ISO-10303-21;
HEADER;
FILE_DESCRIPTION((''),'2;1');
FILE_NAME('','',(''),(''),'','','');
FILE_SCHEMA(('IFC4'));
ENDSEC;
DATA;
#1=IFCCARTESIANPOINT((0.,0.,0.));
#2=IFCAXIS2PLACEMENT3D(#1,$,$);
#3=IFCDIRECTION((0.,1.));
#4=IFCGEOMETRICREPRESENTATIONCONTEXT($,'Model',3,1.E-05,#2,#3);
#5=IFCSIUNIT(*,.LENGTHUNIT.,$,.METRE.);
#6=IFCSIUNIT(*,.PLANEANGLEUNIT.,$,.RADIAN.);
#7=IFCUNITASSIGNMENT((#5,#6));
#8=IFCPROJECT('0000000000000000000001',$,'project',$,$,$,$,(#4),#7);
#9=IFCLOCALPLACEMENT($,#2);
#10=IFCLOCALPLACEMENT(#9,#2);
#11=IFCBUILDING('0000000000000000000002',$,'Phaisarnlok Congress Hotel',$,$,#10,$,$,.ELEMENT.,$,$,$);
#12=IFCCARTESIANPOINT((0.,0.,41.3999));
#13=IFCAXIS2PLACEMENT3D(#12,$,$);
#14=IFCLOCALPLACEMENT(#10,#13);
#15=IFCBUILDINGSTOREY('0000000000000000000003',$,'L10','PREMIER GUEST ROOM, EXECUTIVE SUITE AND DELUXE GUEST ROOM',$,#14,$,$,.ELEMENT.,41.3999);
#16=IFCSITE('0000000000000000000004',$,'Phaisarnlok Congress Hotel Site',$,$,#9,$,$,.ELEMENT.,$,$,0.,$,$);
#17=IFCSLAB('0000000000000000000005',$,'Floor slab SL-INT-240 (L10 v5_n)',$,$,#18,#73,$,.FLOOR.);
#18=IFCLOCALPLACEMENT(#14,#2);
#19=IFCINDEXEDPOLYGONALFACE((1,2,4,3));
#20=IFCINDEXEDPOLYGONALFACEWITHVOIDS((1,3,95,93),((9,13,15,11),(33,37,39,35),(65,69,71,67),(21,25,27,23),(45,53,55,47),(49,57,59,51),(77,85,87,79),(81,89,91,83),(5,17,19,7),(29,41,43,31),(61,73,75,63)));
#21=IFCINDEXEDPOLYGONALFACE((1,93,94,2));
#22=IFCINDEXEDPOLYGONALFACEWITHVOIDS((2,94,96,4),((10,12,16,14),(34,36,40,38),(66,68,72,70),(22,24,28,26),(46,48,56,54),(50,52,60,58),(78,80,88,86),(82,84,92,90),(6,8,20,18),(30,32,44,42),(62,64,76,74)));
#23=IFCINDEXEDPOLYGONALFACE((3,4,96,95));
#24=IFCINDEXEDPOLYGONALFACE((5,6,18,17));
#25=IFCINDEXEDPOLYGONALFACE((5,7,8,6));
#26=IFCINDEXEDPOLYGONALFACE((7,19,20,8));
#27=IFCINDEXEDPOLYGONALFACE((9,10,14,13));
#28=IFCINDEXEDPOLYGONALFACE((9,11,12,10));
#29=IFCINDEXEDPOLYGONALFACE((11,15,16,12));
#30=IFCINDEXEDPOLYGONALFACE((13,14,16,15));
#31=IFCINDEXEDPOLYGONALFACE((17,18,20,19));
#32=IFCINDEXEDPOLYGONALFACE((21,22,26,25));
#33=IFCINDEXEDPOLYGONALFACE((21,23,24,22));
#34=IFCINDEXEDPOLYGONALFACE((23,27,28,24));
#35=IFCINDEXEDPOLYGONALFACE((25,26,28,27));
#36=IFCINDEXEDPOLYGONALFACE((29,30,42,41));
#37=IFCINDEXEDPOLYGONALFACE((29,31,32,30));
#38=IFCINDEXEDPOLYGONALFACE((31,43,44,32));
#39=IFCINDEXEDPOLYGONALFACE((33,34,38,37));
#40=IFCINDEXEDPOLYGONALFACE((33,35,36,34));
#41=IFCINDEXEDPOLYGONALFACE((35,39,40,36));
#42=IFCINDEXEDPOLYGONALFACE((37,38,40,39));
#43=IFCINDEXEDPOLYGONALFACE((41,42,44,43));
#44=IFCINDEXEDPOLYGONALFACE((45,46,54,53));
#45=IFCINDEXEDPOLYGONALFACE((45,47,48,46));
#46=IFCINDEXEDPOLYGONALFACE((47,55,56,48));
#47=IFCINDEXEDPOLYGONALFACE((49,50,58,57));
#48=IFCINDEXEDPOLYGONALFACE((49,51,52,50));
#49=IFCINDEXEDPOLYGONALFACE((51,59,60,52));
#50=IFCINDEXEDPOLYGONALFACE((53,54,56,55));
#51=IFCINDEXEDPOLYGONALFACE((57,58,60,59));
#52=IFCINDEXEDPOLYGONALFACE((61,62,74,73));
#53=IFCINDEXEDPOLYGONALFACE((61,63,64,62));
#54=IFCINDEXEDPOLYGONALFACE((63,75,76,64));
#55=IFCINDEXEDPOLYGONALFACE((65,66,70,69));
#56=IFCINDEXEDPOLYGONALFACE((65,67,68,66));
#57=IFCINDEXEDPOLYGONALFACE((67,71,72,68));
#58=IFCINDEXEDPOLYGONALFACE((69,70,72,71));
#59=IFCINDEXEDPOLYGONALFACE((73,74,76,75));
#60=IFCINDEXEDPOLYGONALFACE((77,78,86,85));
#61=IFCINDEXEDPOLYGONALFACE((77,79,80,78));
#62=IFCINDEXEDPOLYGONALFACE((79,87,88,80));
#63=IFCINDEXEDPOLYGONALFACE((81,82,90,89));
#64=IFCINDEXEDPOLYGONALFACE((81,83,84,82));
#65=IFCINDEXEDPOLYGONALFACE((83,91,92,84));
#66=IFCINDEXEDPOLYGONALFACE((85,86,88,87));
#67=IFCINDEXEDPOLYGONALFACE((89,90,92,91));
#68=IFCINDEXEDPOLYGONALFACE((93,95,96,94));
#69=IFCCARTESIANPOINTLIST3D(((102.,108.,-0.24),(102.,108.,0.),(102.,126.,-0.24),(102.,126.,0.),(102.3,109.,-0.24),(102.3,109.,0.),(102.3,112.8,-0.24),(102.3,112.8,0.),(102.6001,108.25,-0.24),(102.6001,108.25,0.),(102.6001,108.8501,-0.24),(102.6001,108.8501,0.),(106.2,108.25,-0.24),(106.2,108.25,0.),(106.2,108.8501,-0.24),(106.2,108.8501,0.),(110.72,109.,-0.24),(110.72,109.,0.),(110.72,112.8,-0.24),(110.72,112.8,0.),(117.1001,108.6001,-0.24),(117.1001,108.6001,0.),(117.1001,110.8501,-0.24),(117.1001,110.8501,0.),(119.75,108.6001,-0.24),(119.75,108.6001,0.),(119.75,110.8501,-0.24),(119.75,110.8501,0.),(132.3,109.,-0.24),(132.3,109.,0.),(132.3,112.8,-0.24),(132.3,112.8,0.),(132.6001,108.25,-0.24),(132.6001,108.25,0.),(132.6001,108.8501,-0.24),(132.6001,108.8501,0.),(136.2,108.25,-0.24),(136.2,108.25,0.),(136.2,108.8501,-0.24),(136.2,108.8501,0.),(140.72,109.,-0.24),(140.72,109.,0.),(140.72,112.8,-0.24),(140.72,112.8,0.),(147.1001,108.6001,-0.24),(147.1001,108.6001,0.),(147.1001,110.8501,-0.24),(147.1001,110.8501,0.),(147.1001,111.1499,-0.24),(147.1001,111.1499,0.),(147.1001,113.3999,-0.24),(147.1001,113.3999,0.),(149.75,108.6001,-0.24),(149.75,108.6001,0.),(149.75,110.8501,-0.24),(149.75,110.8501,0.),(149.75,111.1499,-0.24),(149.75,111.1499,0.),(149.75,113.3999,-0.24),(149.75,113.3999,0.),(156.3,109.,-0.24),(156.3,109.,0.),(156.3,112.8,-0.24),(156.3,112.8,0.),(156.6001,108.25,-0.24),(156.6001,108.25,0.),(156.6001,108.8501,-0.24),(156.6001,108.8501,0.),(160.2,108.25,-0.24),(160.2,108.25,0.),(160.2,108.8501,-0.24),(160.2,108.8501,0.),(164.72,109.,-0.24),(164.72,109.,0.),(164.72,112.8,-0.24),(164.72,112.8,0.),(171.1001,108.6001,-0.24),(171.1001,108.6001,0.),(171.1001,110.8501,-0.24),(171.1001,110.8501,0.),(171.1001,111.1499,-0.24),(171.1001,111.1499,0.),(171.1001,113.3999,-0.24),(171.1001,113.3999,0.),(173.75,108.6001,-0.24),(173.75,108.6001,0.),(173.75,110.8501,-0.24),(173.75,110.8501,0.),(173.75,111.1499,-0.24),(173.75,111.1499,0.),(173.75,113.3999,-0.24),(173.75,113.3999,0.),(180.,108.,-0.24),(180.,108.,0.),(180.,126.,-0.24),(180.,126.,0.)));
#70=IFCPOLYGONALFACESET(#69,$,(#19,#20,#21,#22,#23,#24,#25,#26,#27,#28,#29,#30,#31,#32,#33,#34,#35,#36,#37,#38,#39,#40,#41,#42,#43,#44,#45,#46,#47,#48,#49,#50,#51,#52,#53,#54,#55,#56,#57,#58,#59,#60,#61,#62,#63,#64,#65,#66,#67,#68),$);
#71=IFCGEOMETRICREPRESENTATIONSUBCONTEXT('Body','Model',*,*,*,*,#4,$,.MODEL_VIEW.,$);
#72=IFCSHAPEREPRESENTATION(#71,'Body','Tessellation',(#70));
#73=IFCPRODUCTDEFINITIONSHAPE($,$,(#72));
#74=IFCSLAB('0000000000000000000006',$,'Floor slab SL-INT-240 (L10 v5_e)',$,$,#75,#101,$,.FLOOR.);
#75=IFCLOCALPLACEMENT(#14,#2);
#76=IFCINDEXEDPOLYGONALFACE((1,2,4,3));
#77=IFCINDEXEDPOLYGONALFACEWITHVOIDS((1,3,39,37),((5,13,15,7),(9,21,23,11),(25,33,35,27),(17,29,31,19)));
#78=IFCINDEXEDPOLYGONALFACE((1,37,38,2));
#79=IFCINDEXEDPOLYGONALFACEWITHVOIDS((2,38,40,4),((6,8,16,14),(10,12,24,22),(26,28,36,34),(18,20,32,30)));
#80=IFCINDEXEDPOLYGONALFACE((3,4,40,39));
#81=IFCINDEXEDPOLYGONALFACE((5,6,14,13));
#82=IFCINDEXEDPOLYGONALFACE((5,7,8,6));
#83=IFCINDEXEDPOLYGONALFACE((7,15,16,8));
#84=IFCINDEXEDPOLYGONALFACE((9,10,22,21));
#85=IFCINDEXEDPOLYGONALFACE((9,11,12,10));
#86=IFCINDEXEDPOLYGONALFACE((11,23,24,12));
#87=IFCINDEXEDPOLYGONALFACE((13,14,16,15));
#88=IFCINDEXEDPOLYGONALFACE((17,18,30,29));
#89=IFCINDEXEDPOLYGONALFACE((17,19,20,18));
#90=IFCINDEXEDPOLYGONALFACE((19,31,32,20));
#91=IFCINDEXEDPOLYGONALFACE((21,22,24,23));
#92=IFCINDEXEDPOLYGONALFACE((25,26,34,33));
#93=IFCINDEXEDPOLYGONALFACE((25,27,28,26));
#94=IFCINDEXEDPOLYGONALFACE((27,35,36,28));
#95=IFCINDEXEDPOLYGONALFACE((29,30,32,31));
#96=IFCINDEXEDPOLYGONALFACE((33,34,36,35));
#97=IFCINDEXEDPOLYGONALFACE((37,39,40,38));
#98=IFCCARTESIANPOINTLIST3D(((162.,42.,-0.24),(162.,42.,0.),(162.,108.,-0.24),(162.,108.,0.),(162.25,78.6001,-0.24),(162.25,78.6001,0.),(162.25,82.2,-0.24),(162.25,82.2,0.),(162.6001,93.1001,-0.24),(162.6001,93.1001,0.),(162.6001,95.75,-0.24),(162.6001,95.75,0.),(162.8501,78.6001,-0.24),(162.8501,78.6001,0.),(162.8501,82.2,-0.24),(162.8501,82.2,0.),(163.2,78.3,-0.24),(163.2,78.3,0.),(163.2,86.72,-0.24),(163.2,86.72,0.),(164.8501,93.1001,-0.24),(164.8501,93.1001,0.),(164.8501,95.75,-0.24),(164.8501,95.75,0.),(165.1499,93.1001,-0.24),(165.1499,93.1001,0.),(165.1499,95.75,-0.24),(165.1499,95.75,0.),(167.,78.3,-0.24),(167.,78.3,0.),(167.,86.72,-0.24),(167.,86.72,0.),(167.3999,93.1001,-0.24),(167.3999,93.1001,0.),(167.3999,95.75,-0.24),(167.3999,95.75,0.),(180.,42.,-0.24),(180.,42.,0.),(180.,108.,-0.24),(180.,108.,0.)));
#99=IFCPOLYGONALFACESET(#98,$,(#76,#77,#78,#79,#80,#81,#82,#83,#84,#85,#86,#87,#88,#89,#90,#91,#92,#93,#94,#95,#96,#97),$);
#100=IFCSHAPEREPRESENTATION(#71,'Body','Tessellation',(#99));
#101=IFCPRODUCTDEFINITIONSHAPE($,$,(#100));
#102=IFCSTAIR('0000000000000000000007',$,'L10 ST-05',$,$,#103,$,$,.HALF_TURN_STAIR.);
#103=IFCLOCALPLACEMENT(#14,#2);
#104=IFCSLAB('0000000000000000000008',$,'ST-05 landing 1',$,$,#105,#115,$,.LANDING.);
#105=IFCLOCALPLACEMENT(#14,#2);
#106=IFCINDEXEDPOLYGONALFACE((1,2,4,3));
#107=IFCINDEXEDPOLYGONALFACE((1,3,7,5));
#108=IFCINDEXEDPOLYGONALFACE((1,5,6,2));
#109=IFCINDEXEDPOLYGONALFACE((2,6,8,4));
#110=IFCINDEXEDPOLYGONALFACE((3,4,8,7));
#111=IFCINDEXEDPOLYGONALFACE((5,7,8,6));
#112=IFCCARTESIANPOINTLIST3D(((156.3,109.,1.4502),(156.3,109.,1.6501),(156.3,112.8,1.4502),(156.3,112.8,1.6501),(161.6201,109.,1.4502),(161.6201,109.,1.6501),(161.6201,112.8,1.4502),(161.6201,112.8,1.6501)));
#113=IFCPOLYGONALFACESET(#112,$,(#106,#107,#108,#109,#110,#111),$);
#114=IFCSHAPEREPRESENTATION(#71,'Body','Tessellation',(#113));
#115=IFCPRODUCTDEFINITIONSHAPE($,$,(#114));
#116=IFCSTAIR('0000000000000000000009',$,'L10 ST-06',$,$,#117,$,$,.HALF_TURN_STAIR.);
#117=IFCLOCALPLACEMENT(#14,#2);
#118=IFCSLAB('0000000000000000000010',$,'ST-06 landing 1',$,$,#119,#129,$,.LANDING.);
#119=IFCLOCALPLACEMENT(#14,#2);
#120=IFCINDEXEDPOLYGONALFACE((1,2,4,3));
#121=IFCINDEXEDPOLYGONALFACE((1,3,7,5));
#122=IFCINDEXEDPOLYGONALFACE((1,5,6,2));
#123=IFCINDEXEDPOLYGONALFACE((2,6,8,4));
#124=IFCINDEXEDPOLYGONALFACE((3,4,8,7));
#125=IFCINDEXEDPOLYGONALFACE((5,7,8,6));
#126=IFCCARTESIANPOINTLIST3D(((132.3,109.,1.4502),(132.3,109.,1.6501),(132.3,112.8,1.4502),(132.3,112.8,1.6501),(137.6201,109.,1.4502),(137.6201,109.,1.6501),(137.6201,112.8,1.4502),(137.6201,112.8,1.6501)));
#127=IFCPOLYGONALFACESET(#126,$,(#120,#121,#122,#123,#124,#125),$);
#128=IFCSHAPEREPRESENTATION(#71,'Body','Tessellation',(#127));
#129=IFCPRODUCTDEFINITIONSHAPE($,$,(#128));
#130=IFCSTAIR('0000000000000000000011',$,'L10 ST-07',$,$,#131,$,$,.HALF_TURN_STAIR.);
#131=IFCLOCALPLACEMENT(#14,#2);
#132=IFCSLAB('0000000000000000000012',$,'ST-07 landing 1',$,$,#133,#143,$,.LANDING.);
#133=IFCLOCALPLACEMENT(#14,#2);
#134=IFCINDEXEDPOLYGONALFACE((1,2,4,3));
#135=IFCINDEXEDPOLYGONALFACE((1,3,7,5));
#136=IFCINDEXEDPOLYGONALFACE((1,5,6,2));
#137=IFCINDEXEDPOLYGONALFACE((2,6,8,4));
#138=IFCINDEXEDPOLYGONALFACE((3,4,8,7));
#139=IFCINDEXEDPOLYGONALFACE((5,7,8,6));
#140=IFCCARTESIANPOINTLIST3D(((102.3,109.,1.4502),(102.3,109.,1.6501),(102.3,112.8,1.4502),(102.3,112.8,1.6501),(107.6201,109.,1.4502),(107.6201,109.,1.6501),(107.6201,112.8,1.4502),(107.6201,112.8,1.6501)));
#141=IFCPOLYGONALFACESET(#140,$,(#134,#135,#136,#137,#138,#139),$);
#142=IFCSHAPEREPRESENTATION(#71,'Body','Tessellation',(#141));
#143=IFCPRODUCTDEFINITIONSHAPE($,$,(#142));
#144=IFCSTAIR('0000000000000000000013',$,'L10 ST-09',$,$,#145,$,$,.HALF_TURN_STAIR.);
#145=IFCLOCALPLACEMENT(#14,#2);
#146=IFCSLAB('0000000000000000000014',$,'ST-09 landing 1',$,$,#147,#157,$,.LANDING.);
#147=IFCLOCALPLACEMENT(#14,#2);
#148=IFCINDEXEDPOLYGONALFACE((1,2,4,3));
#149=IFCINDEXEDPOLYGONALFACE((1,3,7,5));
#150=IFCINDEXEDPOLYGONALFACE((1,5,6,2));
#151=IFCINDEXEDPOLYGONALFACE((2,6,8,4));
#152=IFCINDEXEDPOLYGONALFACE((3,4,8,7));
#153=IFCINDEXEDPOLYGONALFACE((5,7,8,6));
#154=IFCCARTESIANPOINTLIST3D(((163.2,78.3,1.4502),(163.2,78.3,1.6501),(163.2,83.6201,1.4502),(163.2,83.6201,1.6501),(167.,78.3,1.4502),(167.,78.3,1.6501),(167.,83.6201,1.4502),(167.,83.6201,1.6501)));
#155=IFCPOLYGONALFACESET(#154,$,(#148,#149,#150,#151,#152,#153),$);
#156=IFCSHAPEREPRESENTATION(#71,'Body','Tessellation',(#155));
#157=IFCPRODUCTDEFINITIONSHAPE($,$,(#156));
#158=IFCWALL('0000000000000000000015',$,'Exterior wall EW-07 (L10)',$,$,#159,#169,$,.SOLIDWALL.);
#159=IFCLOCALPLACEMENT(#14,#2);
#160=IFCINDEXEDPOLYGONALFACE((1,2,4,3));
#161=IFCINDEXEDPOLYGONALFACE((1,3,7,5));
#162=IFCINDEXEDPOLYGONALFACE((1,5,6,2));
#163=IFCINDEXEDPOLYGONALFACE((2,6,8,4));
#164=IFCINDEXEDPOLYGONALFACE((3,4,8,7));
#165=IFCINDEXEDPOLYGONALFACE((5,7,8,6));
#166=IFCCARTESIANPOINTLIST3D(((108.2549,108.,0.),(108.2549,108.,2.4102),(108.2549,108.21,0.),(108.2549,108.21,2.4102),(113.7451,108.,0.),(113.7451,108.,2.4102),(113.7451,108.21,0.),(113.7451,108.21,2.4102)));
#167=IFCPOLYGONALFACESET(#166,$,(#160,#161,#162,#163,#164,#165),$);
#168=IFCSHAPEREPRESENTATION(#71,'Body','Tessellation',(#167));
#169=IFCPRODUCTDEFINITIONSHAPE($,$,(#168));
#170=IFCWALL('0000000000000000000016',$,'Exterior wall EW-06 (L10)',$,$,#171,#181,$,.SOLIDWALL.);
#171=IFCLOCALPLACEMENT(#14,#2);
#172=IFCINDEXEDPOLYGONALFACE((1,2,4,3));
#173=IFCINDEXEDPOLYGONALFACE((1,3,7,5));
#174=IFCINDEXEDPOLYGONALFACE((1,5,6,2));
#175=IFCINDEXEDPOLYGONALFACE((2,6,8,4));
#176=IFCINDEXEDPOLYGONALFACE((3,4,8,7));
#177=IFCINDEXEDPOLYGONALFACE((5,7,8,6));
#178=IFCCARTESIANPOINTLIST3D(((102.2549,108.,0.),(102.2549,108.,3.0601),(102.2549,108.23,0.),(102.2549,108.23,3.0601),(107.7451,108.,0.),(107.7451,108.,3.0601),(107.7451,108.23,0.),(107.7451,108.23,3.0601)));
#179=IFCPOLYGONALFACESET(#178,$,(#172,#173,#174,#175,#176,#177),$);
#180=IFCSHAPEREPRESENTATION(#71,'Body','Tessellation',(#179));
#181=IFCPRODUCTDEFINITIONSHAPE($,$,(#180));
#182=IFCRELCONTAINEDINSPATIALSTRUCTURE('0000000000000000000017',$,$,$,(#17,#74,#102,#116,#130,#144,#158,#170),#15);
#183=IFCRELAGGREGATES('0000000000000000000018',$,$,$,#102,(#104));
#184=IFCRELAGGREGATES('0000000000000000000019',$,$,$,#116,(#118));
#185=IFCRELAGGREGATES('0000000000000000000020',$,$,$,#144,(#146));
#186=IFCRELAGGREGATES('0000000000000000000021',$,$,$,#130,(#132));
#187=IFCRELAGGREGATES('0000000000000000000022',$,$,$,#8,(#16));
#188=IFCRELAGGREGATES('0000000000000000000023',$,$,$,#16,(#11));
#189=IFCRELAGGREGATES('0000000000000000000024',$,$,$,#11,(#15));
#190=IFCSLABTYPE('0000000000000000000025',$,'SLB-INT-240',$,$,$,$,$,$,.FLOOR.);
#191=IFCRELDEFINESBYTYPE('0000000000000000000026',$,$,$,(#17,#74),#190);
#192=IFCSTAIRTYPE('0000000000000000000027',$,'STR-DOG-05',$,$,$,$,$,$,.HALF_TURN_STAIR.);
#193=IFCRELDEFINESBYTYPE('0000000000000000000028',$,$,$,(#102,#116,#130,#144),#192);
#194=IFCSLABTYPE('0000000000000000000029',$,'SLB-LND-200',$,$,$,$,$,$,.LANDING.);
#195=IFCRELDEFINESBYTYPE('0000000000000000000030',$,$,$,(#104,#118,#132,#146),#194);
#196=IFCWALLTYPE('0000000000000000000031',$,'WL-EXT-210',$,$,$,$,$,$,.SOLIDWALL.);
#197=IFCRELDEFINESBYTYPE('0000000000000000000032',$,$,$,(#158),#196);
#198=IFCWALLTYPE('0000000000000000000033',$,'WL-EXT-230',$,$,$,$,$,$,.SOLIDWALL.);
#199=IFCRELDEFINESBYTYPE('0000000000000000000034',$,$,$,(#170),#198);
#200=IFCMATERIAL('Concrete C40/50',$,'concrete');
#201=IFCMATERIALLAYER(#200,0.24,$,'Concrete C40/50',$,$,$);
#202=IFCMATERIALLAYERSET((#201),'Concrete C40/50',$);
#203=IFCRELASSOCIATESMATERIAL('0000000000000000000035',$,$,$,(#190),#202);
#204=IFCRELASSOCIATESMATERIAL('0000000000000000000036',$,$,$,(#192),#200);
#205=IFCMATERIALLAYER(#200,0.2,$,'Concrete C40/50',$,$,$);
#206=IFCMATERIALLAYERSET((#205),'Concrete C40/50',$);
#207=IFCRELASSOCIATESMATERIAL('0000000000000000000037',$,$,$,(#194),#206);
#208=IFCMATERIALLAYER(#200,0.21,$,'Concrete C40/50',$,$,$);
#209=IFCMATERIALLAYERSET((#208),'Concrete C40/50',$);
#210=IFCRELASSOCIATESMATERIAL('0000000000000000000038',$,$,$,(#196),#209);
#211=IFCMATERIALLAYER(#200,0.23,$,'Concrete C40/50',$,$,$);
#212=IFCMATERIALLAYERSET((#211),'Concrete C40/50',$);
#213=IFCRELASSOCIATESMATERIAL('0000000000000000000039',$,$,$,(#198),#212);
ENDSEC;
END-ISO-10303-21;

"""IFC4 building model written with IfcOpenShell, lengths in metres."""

from ifc_helpers import new_model, si_unit, direction, frame, frame_2d, origin, place, context, subcontext, project, spatial, polyline, rectangle, outline, extrude, material, layer, layer_set, type_object, element, aggregate, save


model = new_model("IFC4")

# Units and contexts
model_context = context("Model", 3, precision=1e-05, world=origin(), true_north=direction((0.0, 1.0)))
body_context = subcontext(model_context, "Body", "Model", "MODEL_VIEW")
ifc_project = project(units=[si_unit("LENGTHUNIT", "METRE"), si_unit("PLANEANGLEUNIT", "RADIAN")], contexts=[model_context])

# Site, building, storey
site_placement = place(None, origin())
site = spatial("IfcSite", under=ifc_project, at=site_placement, Name="Phaisarnlok Congress Hotel Site", CompositionType="ELEMENT", RefElevation=0.0)
building_placement = place(site_placement, origin())
building = spatial("IfcBuilding", under=site, at=building_placement, Name="Phaisarnlok Congress Hotel", CompositionType="ELEMENT")
storey_placement = place(building_placement, frame((0.0, 0.0, 41.3999)))
storey = spatial("IfcBuildingStorey", under=building, at=storey_placement, Name="L10", Description="PREMIER GUEST ROOM, EXECUTIVE SUITE AND DELUXE GUEST ROOM", CompositionType="ELEMENT", Elevation=41.3999)

# Shared definitions
ifc_material_1 = material(Name="Concrete C40/50", Category="concrete")

# Slabs
ifc_layer_1 = layer(ifc_material_1, 0.24, Name="Concrete C40/50")
ifc_layer_set_1 = layer_set([ifc_layer_1], Name="Concrete C40/50")
slab_type_1 = type_object("IfcSlabType", Name="SLB-INT-240", PredefinedType="FLOOR", material=ifc_layer_set_1)
slab_1_placement = place(storey_placement, frame((0.0, 0.0, -0.24)))
element("IfcSlab", 1, at=slab_1_placement, inside=storey, type_object=slab_type_1, Name="Floor slab SL-INT-240 (L10 v5_n)", PredefinedType="FLOOR", context=body_context, shape_type="SweptSolid", body=[
    extrude(outline(polyline([(180.0, 108.0), (180.0, 126.0), (102.0, 126.0), (102.0, 108.0), (180.0, 108.0)]), holes=[polyline([(164.72, 112.8), (156.3, 112.8), (156.3, 109.0), (164.72, 109.0), (164.72, 112.8)]), polyline([(140.72, 112.8), (132.3, 112.8), (132.3, 109.0), (140.72, 109.0), (140.72, 112.8)]), polyline([(110.72, 112.8), (102.3, 112.8), (102.3, 109.0), (110.72, 109.0), (110.72, 112.8)]), polyline([(173.75, 108.6001), (173.75, 110.8501), (171.1001, 110.8501), (171.1001, 108.6001), (173.75, 108.6001)]), polyline([(173.75, 111.1499), (173.75, 113.3999), (171.1001, 113.3999), (171.1001, 111.1499), (173.75, 111.1499)]), polyline([(160.2, 108.25), (160.2, 108.8501), (156.6001, 108.8501), (156.6001, 108.25), (160.2, 108.25)]), polyline([(149.75, 108.6001), (149.75, 110.8501), (147.1001, 110.8501), (147.1001, 108.6001), (149.75, 108.6001)]), polyline([(149.75, 111.1499), (149.75, 113.3999), (147.1001, 113.3999), (147.1001, 111.1499), (149.75, 111.1499)]), polyline([(136.2, 108.25), (136.2, 108.8501), (132.6001, 108.8501), (132.6001, 108.25), (136.2, 108.25)]), polyline([(119.75, 108.6001), (119.75, 110.8501), (117.1001, 110.8501), (117.1001, 108.6001), (119.75, 108.6001)]), polyline([(106.2, 108.25), (106.2, 108.8501), (102.6001, 108.8501), (102.6001, 108.25), (106.2, 108.25)])]), origin(), (0.0, 0.0, 1.0), 0.24),
])
slab_2_placement = place(storey_placement, frame((0.0, 0.0, -0.24)))
element("IfcSlab", 2, at=slab_2_placement, inside=storey, type_object=slab_type_1, Name="Floor slab SL-INT-240 (L10 v5_e)", PredefinedType="FLOOR", context=body_context, shape_type="SweptSolid", body=[
    extrude(outline(polyline([(180.0, 42.0), (180.0, 108.0), (162.0, 108.0), (162.0, 42.0), (180.0, 42.0)]), holes=[polyline([(163.2, 86.72), (163.2, 78.3), (167.0, 78.3), (167.0, 86.72), (163.2, 86.72)]), polyline([(164.8501, 93.1001), (164.8501, 95.75), (162.6001, 95.75), (162.6001, 93.1001), (164.8501, 93.1001)]), polyline([(167.3999, 93.1001), (167.3999, 95.75), (165.1499, 95.75), (165.1499, 93.1001), (167.3999, 93.1001)]), polyline([(162.8501, 78.6001), (162.8501, 82.2), (162.25, 82.2), (162.25, 78.6001), (162.8501, 78.6001)])]), origin(), (0.0, 0.0, 1.0), 0.24),
])

# Stairs, slabs
stair_type = type_object("IfcStairType", Name="STR-DOG-05", PredefinedType="HALF_TURN_STAIR", material=ifc_material_1)
stair_1_placement = place(storey_placement, origin())
stair_1 = element("IfcStair", 3, at=stair_1_placement, inside=storey, type_object=stair_type, Name="L10 ST-05", PredefinedType="HALF_TURN_STAIR")
ifc_layer_2 = layer(ifc_material_1, 0.2, Name="Concrete C40/50")
ifc_layer_set_2 = layer_set([ifc_layer_2], Name="Concrete C40/50")
slab_type_2 = type_object("IfcSlabType", Name="SLB-LND-200", PredefinedType="LANDING", material=ifc_layer_set_2)
slab_3_placement = place(storey_placement, frame((0.0, 0.0, 1.4502)))
slab_3 = element("IfcSlab", 4, at=slab_3_placement, type_object=slab_type_2, Name="ST-05 landing 1", PredefinedType="LANDING", context=body_context, shape_type="SweptSolid", body=[
    extrude(outline(polyline([(161.6201, 112.8), (156.3, 112.8), (156.3, 109.0), (161.6201, 109.0), (161.6201, 112.8)])), origin(), (0.0, 0.0, 1.0), 0.2),
])
aggregate(stair_1, [slab_3])
stair_2_placement = place(storey_placement, origin())
stair_2 = element("IfcStair", 5, at=stair_2_placement, inside=storey, type_object=stair_type, Name="L10 ST-06", PredefinedType="HALF_TURN_STAIR")
slab_4_placement = place(storey_placement, frame((0.0, 0.0, 1.4502)))
slab_4 = element("IfcSlab", 6, at=slab_4_placement, type_object=slab_type_2, Name="ST-06 landing 1", PredefinedType="LANDING", context=body_context, shape_type="SweptSolid", body=[
    extrude(outline(polyline([(137.6201, 112.8), (132.3, 112.8), (132.3, 109.0), (137.6201, 109.0), (137.6201, 112.8)])), origin(), (0.0, 0.0, 1.0), 0.2),
])
aggregate(stair_2, [slab_4])
stair_3_placement = place(storey_placement, origin())
stair_3 = element("IfcStair", 7, at=stair_3_placement, inside=storey, type_object=stair_type, Name="L10 ST-07", PredefinedType="HALF_TURN_STAIR")
slab_5_placement = place(storey_placement, frame((0.0, 0.0, 1.4502)))
slab_5 = element("IfcSlab", 8, at=slab_5_placement, type_object=slab_type_2, Name="ST-07 landing 1", PredefinedType="LANDING", context=body_context, shape_type="SweptSolid", body=[
    extrude(outline(polyline([(107.6201, 112.8), (102.3, 112.8), (102.3, 109.0), (107.6201, 109.0), (107.6201, 112.8)])), origin(), (0.0, 0.0, 1.0), 0.2),
])
stair_4_placement = place(storey_placement, origin())
stair_4 = element("IfcStair", 9, at=stair_4_placement, inside=storey, type_object=stair_type, Name="L10 ST-09", PredefinedType="HALF_TURN_STAIR")
slab_6_placement = place(storey_placement, frame((0.0, 0.0, 1.4502)))
slab_6 = element("IfcSlab", 10, at=slab_6_placement, type_object=slab_type_2, Name="ST-09 landing 1", PredefinedType="LANDING", context=body_context, shape_type="SweptSolid", body=[
    extrude(outline(polyline([(163.2, 83.6201), (163.2, 78.3), (167.0, 78.3), (167.0, 83.6201), (163.2, 83.6201)])), origin(), (0.0, 0.0, 1.0), 0.2),
])
aggregate(stair_4, [slab_6])

# Walls
ifc_layer_3 = layer(ifc_material_1, 0.21, Name="Concrete C40/50")
ifc_layer_set_3 = layer_set([ifc_layer_3], Name="Concrete C40/50")
wall_type_1 = type_object("IfcWallType", Name="WL-EXT-210", PredefinedType="SOLIDWALL", material=ifc_layer_set_3)
wall_1_placement = place(storey_placement, frame((108.2549, 108.105, 0.0), z_axis=(0.0, 0.0, 1.0), x_axis=(1.0, 0.0, 0.0)))
element("IfcWall", 11, at=wall_1_placement, inside=storey, type_object=wall_type_1, Name="Exterior wall EW-07 (L10)", PredefinedType="SOLIDWALL", context=body_context, shape_type="SweptSolid", body=[
    extrude(rectangle(XDim=5.4902, YDim=0.21, at=frame_2d((2.7451, 0.0))), origin(), (0.0, 0.0, 1.0), 2.4102),
])
ifc_layer_4 = layer(ifc_material_1, 0.23, Name="Concrete C40/50")
ifc_layer_set_4 = layer_set([ifc_layer_4], Name="Concrete C40/50")
wall_type_2 = type_object("IfcWallType", Name="WL-EXT-230", PredefinedType="SOLIDWALL", material=ifc_layer_set_4)
wall_2_placement = place(storey_placement, frame((102.2549, 108.115, 0.0), z_axis=(0.0, 0.0, 1.0), x_axis=(1.0, 0.0, 0.0)))
element("IfcWall", 12, at=wall_2_placement, inside=storey, type_object=wall_type_2, Name="Exterior wall EW-06 (L10)", PredefinedType="SOLIDWALL", context=body_context, shape_type="SweptSolid", body=[
    extrude(rectangle(XDim=5.4902, YDim=0.23, at=frame_2d((2.7451, 0.0))), origin(), (0.0, 0.0, 1.0), 3.0601),
])

aggregate(stair_3, [slab_5])

save(model, "model.ifc")
